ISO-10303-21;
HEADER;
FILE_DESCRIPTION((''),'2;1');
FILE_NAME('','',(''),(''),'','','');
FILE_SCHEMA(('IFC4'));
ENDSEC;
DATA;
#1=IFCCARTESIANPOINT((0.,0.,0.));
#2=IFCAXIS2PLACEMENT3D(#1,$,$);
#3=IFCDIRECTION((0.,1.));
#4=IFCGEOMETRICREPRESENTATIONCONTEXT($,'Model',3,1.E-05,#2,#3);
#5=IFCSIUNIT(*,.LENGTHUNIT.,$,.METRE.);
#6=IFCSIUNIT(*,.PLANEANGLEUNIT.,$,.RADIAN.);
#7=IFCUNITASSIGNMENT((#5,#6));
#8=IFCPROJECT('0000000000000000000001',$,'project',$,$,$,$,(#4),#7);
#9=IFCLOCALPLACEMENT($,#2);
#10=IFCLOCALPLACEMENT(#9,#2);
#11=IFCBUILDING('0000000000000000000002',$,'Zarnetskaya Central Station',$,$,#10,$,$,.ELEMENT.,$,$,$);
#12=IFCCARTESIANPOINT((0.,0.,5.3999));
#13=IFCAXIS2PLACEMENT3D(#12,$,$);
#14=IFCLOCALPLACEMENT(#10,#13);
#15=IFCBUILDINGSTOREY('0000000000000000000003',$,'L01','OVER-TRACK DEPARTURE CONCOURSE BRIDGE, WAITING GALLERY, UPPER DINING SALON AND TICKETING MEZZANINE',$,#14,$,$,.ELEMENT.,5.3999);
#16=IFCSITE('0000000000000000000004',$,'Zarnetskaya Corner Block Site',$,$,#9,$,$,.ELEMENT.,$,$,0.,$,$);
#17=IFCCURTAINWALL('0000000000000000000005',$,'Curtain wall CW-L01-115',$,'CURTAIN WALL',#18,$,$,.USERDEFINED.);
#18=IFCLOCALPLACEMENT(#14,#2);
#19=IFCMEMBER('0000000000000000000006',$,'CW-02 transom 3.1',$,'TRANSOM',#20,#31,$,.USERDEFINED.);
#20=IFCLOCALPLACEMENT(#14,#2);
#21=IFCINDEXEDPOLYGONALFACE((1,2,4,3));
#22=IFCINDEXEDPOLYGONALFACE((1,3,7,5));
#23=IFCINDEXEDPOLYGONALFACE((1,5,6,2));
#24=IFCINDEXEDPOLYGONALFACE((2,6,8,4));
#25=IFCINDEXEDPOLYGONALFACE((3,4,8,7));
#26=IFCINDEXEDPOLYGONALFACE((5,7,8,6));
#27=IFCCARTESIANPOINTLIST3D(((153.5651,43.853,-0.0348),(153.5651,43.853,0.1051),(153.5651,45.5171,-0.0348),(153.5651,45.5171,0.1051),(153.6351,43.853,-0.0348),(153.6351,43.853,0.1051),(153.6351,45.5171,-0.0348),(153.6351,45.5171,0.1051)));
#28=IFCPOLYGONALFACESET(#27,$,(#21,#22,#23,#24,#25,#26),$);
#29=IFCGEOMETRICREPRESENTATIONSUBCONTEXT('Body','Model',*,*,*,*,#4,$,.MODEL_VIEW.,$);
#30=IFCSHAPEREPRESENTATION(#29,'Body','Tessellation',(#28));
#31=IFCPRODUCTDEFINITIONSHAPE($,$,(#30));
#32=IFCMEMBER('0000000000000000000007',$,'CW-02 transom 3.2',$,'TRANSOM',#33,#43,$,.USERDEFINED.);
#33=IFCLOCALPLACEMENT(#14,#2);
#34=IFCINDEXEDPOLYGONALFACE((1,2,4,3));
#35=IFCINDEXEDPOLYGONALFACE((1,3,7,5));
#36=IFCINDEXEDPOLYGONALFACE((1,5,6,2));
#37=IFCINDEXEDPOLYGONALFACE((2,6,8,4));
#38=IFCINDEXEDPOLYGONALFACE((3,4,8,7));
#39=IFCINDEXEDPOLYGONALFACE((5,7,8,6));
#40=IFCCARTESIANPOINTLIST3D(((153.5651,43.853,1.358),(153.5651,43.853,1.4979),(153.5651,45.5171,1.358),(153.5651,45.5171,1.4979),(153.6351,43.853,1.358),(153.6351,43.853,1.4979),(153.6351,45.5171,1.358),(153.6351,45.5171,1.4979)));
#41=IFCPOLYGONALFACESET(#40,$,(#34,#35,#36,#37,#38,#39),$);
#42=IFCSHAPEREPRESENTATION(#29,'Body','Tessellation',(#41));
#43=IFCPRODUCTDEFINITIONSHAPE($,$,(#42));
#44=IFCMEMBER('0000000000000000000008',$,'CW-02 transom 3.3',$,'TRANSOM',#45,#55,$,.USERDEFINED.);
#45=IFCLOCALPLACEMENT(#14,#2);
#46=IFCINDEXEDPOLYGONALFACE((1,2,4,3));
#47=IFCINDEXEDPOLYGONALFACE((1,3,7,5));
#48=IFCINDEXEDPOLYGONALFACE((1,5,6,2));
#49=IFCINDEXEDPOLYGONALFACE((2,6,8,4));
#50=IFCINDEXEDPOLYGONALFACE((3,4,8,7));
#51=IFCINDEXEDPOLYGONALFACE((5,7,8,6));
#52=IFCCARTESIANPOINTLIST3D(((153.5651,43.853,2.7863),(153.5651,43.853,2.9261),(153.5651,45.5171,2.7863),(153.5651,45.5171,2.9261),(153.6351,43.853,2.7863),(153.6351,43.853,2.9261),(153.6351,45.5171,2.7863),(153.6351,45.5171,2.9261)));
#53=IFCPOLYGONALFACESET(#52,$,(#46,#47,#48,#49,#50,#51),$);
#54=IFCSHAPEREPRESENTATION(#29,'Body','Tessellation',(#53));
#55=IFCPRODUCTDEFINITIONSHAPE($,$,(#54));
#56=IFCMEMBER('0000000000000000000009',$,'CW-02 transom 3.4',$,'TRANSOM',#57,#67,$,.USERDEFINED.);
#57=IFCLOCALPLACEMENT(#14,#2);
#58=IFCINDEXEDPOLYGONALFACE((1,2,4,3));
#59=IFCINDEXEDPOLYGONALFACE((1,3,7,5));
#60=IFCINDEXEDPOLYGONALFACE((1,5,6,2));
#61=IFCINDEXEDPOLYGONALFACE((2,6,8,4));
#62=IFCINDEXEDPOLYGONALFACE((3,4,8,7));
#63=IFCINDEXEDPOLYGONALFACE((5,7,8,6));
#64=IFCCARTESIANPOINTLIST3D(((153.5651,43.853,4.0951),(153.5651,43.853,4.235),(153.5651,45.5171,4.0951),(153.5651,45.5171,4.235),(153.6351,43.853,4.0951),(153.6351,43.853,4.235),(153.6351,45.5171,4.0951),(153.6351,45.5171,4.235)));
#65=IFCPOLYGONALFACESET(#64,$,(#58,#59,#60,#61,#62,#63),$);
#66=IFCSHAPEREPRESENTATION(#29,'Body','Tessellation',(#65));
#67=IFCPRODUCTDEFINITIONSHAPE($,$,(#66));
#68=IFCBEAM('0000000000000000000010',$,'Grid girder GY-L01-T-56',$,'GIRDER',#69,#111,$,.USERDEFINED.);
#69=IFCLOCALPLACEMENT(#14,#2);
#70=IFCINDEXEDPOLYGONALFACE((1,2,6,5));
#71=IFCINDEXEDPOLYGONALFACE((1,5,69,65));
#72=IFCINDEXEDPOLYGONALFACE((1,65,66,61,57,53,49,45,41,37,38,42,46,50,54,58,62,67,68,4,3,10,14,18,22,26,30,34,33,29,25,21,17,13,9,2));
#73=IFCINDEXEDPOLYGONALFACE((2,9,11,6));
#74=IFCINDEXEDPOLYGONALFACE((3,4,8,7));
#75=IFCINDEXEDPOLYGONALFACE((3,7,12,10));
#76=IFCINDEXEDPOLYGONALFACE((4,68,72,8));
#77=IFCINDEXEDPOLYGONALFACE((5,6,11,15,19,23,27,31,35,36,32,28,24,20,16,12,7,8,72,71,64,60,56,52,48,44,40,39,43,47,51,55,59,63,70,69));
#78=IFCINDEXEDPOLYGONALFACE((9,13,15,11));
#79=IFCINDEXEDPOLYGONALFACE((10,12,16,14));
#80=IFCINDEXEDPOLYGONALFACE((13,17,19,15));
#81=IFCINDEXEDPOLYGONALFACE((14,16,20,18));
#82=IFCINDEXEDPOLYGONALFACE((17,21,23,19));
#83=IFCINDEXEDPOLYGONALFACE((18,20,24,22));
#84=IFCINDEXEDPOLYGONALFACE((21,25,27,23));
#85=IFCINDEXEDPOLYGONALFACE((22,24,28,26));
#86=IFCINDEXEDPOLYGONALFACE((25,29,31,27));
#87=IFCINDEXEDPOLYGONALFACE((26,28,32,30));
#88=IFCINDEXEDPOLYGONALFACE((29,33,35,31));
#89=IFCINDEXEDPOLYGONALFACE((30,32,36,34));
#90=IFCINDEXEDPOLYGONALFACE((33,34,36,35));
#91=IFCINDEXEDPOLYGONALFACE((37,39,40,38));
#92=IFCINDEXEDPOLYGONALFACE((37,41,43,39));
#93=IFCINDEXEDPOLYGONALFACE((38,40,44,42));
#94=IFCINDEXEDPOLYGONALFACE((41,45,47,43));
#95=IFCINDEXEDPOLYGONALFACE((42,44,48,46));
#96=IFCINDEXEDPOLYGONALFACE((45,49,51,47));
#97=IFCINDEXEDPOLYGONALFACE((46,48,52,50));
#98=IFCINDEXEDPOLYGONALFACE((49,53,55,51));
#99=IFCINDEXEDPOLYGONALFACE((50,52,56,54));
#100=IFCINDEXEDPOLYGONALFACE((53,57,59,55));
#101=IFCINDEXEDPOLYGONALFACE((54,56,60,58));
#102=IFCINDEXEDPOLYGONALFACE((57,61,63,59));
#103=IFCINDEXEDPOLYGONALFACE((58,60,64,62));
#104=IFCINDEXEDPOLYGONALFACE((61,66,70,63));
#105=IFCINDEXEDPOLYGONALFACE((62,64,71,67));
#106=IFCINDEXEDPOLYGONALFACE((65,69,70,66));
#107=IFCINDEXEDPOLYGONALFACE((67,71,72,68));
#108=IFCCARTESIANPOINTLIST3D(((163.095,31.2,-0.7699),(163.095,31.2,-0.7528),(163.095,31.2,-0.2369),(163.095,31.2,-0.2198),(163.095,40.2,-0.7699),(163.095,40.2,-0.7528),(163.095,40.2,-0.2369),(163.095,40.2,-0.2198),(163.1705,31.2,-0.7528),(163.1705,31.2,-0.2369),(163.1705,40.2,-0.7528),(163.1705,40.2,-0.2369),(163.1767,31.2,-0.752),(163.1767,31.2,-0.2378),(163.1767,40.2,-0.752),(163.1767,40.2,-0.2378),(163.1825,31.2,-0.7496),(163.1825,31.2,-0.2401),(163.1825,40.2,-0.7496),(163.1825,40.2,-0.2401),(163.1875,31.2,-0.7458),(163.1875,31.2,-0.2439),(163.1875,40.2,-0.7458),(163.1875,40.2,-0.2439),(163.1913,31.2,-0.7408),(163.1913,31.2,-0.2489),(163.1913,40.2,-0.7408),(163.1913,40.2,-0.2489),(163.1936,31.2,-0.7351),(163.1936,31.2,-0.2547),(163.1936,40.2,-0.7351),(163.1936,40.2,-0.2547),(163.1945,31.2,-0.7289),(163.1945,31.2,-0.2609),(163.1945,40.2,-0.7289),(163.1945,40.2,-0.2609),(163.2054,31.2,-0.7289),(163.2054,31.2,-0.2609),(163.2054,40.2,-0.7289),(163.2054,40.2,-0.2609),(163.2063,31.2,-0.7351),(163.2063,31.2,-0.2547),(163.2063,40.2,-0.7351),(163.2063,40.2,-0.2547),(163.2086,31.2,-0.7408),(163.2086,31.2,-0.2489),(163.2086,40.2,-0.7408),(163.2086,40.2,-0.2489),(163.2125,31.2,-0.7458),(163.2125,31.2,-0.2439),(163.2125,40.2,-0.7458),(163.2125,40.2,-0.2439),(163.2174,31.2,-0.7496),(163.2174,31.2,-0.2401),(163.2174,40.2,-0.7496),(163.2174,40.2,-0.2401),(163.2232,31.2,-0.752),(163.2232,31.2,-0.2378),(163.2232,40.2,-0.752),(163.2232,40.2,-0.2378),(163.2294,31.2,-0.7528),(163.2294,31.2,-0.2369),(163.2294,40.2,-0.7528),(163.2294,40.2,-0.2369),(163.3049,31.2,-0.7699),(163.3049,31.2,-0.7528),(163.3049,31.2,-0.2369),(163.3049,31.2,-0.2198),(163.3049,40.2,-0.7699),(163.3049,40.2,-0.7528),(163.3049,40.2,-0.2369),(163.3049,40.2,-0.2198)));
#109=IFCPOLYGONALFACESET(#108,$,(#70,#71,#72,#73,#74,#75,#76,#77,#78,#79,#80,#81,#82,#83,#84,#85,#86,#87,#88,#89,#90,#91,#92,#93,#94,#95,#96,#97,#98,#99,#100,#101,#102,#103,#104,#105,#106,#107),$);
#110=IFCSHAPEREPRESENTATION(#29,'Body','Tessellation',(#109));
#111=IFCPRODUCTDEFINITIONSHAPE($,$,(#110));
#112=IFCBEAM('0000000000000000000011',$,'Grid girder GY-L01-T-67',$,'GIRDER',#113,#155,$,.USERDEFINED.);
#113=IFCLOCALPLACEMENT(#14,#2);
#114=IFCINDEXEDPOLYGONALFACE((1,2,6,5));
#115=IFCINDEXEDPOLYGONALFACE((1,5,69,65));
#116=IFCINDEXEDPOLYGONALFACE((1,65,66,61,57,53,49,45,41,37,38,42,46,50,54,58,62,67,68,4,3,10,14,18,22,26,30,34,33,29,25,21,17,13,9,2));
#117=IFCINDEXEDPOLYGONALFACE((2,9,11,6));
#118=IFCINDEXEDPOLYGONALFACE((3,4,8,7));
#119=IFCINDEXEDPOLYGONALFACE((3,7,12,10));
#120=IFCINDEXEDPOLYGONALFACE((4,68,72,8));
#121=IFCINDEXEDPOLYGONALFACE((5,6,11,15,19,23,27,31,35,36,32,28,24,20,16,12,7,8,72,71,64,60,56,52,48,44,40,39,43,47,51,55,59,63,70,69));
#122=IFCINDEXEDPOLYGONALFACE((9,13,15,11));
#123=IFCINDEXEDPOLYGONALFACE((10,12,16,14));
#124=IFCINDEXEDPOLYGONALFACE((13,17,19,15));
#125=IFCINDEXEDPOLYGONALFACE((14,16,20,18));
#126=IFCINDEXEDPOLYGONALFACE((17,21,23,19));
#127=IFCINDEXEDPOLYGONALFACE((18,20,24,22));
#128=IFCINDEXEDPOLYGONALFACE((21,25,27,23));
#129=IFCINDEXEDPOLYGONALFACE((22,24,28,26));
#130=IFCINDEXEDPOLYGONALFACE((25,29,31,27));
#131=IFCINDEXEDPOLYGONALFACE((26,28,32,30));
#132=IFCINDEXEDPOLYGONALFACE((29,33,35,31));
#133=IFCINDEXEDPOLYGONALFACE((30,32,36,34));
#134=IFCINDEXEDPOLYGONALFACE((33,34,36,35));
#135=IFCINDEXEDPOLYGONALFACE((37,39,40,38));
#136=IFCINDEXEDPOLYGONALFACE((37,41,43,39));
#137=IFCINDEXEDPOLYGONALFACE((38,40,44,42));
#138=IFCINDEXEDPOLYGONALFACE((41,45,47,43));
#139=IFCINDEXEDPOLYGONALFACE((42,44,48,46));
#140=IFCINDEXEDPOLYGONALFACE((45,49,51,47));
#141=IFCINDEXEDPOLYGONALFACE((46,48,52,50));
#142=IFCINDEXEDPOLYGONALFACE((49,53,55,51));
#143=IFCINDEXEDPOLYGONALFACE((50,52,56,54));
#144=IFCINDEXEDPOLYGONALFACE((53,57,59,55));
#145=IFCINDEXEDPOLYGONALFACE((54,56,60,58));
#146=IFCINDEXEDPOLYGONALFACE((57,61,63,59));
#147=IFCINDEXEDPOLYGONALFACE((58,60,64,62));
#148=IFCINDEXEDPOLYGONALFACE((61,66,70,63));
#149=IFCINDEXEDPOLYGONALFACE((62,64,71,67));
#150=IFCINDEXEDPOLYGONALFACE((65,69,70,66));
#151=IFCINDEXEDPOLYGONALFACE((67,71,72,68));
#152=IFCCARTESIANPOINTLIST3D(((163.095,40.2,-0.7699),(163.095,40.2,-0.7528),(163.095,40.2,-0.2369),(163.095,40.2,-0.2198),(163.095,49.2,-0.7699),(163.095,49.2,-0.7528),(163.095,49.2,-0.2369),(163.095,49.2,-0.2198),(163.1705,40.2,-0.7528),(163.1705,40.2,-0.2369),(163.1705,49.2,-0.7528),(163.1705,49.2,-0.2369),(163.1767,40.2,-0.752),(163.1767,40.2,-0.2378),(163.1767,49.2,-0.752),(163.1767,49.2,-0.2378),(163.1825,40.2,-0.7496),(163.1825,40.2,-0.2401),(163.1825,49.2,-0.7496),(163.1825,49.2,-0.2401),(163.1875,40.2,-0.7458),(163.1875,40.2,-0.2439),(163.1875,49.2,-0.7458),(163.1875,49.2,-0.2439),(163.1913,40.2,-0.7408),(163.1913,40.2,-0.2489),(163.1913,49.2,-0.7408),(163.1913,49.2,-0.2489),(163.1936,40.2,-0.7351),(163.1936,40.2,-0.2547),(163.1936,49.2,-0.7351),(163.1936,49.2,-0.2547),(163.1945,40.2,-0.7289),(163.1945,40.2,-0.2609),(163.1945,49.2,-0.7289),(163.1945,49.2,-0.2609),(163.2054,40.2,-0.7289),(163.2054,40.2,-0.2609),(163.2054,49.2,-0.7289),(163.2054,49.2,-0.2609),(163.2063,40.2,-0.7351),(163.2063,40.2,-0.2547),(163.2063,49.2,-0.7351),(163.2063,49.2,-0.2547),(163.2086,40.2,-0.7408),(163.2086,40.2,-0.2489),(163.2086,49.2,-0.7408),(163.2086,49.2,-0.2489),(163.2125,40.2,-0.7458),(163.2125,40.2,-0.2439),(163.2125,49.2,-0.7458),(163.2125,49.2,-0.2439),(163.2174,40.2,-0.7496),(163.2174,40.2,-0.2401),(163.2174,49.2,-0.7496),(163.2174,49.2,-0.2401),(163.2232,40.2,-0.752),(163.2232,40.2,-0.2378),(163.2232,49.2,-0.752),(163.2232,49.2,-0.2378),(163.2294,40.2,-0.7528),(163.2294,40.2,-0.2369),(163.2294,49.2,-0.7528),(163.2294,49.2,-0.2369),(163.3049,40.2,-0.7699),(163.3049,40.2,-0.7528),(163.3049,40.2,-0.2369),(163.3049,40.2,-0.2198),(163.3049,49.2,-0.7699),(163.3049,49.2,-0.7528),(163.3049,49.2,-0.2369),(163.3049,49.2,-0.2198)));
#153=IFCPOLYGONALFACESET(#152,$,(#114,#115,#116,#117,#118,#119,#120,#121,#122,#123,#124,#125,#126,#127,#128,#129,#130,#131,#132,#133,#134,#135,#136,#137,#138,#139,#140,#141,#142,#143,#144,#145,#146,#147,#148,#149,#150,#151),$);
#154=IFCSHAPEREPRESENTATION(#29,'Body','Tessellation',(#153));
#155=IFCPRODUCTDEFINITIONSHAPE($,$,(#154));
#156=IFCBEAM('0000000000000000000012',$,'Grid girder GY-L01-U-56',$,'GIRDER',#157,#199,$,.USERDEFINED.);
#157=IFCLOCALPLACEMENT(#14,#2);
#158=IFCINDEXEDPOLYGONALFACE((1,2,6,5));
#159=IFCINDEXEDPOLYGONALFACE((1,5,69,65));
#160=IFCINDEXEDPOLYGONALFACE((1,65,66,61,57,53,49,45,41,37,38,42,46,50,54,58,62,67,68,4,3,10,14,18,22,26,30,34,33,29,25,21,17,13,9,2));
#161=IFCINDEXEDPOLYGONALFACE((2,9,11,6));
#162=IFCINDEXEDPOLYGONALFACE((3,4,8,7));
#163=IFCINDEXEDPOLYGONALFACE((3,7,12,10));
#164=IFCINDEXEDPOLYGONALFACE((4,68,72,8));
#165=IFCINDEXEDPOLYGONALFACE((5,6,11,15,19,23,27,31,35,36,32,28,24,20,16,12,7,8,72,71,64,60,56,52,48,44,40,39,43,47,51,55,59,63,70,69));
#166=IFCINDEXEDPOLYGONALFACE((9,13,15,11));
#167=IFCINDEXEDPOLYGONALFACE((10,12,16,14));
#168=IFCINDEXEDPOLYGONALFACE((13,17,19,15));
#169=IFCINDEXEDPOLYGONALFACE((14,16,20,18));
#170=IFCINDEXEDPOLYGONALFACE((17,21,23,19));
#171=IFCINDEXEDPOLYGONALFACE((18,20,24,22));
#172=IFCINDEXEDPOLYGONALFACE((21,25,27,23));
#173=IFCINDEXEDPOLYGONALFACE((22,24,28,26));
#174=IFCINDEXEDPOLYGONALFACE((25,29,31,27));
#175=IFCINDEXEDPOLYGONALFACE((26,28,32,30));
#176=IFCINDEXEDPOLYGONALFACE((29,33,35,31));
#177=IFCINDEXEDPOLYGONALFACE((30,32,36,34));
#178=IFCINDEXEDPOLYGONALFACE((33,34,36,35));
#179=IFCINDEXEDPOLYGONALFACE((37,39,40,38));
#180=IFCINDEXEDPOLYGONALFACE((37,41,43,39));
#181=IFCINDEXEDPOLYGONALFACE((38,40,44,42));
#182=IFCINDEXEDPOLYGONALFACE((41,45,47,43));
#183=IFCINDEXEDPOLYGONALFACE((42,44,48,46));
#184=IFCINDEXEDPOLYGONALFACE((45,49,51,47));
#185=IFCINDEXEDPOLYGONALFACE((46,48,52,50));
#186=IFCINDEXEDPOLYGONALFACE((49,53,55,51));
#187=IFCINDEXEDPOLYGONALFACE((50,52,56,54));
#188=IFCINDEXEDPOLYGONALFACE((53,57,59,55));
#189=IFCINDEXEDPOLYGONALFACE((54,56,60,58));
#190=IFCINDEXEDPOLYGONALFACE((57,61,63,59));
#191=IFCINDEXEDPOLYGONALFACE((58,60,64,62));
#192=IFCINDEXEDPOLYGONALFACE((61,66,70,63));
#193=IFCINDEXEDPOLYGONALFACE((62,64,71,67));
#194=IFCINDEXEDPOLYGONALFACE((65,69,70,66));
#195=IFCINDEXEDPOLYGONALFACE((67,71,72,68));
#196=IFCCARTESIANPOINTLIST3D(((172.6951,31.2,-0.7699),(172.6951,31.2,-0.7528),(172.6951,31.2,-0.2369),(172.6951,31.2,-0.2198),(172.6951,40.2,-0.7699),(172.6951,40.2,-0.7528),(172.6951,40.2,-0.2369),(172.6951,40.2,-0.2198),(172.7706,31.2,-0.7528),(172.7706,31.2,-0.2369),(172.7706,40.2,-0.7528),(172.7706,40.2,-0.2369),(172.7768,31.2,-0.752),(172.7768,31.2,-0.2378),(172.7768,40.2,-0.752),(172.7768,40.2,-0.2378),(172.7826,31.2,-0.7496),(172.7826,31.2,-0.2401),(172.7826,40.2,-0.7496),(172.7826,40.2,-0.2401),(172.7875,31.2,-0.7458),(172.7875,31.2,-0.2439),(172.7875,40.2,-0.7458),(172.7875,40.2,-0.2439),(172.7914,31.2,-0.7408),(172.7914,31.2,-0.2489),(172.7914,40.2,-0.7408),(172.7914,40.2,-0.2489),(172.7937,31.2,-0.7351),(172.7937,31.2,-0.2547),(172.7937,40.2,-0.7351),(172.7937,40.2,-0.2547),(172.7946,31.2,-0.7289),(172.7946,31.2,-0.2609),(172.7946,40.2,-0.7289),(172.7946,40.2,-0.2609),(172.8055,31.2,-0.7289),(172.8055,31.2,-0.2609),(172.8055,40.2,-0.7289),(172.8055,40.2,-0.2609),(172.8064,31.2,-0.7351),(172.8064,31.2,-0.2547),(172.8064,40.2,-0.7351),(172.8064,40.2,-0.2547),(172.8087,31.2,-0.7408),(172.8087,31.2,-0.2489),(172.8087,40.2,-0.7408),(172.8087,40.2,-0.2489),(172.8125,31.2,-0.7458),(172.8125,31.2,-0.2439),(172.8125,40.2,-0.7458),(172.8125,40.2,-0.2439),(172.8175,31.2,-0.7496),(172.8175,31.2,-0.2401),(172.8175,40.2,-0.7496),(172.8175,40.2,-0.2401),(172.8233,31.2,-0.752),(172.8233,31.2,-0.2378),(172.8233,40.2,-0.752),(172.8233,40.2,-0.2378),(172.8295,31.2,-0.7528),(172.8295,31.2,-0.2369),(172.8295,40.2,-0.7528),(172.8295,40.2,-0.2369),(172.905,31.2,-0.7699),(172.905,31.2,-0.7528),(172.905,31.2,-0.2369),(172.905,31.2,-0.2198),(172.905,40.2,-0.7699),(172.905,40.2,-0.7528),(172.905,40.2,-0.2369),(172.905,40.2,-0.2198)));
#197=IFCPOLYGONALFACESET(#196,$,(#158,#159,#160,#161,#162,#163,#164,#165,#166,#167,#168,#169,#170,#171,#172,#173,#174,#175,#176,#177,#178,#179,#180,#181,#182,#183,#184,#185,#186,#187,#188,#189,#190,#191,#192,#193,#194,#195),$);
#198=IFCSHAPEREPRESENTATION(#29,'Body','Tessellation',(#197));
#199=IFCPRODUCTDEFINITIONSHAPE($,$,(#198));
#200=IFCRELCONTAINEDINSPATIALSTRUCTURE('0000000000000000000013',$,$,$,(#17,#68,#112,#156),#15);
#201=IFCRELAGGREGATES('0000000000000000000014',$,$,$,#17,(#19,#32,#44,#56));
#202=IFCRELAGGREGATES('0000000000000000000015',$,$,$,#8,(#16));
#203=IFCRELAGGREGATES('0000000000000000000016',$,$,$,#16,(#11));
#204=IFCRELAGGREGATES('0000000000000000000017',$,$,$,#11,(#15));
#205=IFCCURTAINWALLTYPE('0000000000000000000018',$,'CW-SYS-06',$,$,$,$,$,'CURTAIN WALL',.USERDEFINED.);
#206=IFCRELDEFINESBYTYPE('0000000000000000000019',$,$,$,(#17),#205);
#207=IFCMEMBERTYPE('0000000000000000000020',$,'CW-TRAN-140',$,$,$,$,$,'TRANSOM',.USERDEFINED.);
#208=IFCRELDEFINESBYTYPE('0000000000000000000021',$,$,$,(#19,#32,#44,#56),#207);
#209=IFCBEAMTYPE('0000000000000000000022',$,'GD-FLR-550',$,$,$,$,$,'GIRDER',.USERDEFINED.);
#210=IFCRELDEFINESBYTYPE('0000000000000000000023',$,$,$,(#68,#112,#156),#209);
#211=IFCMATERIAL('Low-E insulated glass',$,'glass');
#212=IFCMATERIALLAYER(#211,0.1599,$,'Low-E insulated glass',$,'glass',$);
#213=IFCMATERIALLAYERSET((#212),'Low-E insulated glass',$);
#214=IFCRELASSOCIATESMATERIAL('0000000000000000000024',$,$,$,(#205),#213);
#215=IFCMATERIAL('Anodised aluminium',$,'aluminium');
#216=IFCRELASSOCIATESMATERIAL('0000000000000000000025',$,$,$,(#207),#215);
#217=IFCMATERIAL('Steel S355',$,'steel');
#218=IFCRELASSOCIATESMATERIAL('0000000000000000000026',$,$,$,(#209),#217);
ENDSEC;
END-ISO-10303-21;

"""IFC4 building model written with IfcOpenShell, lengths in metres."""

from ifc_helpers import new_model, si_unit, direction, frame, origin, origin_2d, place, context, subcontext, project, spatial, rectangle, i_section, extrude, material, layer, layer_set, material_profile, profile_set, type_object, element, aggregate, save


model = new_model("IFC4")

# Units and contexts
model_context = context("Model", 3, precision=1e-05, world=origin(), true_north=direction((0.0, 1.0)))
body_context = subcontext(model_context, "Body", "Model", "MODEL_VIEW")
ifc_project = project(units=[si_unit("LENGTHUNIT", "METRE"), si_unit("PLANEANGLEUNIT", "RADIAN")], contexts=[model_context])

# Site, building, storey
site_placement = place(None, origin())
site = spatial("IfcSite", under=ifc_project, at=site_placement, Name="Zarnetskaya Corner Block Site", CompositionType="ELEMENT", RefElevation=0.0)
building_placement = place(site_placement, origin())
building = spatial("IfcBuilding", under=site, at=building_placement, Name="Zarnetskaya Central Station", CompositionType="ELEMENT")
storey_placement = place(building_placement, frame((0.0, 0.0, 5.3999)))
storey = spatial("IfcBuildingStorey", under=building, at=storey_placement, Name="L01", Description="OVER-TRACK DEPARTURE CONCOURSE BRIDGE, WAITING GALLERY, UPPER DINING SALON AND TICKETING MEZZANINE", CompositionType="ELEMENT", Elevation=5.3999)

# Shared definitions
ifc_material_1 = material(Name="Steel S355", Category="steel")

# Curtain wall, members
ifc_material_2 = material(Name="Low-E insulated glass", Category="glass")
ifc_layer_1 = layer(ifc_material_2, 0.1599, Name="Low-E insulated glass", Category="glass")
ifc_layer_set_1 = layer_set([ifc_layer_1], Name="Low-E insulated glass")
curtain_wall_type = type_object("IfcCurtainWallType", Name="CW-SYS-06", ElementType="CURTAIN WALL", PredefinedType="USERDEFINED", material=ifc_layer_set_1)
curtain_wall_placement = place(storey_placement, origin())
curtain_wall = element("IfcCurtainWall", 1, at=curtain_wall_placement, inside=storey, type_object=curtain_wall_type, Name="Curtain wall CW-L01-115", ObjectType="CURTAIN WALL", PredefinedType="USERDEFINED")
ifc_material_3 = material(Name="Anodised aluminium", Category="aluminium")
ifc_material_profile_1 = material_profile(ifc_material_3, rectangle(XDim=0.0701, YDim=0.1399, at=origin_2d()), Name="ALU TRAN 70x140")
ifc_profile_set_1 = profile_set([ifc_material_profile_1], Name="Anodised aluminium")
member_type_1 = type_object("IfcMemberType", Name="CW-TRAN-140", ElementType="TRANSOM", PredefinedType="USERDEFINED", material=ifc_profile_set_1)
member_1_placement = place(storey_placement, frame((153.6001, 45.5171, 0.0352), z_axis=(0.0, -1.0, 0.0), x_axis=(1.0, 0.0, 0.0)))
member_1 = element("IfcMember", 2, at=member_1_placement, type_object=member_type_1, Name="CW-02 transom 3.1", ObjectType="TRANSOM", PredefinedType="USERDEFINED", context=body_context, shape_type="SweptSolid", body=[
    extrude(rectangle(XDim=0.0701, YDim=0.1399, at=origin_2d()), origin(), (0.0, 0.0, 1.0), 1.6641),
])
member_2_placement = place(storey_placement, frame((153.6001, 45.5171, 1.428), z_axis=(0.0, -1.0, 0.0), x_axis=(1.0, 0.0, 0.0)))
member_2 = element("IfcMember", 3, at=member_2_placement, type_object=member_type_1, Name="CW-02 transom 3.2", ObjectType="TRANSOM", PredefinedType="USERDEFINED", context=body_context, shape_type="SweptSolid", body=[
    extrude(rectangle(XDim=0.0701, YDim=0.1399, at=origin_2d()), origin(), (0.0, 0.0, 1.0), 1.6641),
])
member_3_placement = place(storey_placement, frame((153.6001, 45.5171, 2.8562), z_axis=(0.0, -1.0, 0.0), x_axis=(1.0, 0.0, 0.0)))
member_3 = element("IfcMember", 4, at=member_3_placement, type_object=member_type_1, Name="CW-02 transom 3.3", ObjectType="TRANSOM", PredefinedType="USERDEFINED", context=body_context, shape_type="SweptSolid", body=[
    extrude(rectangle(XDim=0.0701, YDim=0.1399, at=origin_2d()), origin(), (0.0, 0.0, 1.0), 1.6641),
])
member_4_placement = place(storey_placement, frame((153.6001, 45.5171, 4.165), z_axis=(0.0, -1.0, 0.0), x_axis=(1.0, 0.0, 0.0)))
member_4 = element("IfcMember", 5, at=member_4_placement, type_object=member_type_1, Name="CW-02 transom 3.4", ObjectType="TRANSOM", PredefinedType="USERDEFINED", context=body_context, shape_type="SweptSolid", body=[
    extrude(rectangle(XDim=0.0701, YDim=0.1399, at=origin_2d()), origin(), (0.0, 0.0, 1.0), 1.6641),
])

# Beams
ifc_material_profile_2 = material_profile(ifc_material_1, i_section(OverallWidth=0.21, OverallDepth=0.55, WebThickness=0.011, FlangeThickness=0.0171, FilletRadius=0.0239, at=origin_2d()), Name="IPE 550")
ifc_profile_set_2 = profile_set([ifc_material_profile_2], Name="Steel S355")
beam_type_1 = type_object("IfcBeamType", Name="GD-FLR-550", ElementType="GIRDER", PredefinedType="USERDEFINED", material=ifc_profile_set_2)
for number, where, z_axis, x_axis, name in (
    (6, (163.2, 31.2, -0.4949), (0.0, 1.0, 0.0), (-1.0, 0.0, 0.0), "Grid girder GY-L01-T-56"),
    (7, (163.2, 40.2, -0.4949), (0.0, 1.0, 0.0), (-1.0, 0.0, 0.0), "Grid girder GY-L01-T-67"),
    (8, (172.8, 31.2, -0.4949), (0.0, 1.0, 0.0), (-1.0, 0.0, 0.0), "Grid girder GY-L01-U-56"),
):
    element("IfcBeam", number, at=place(storey_placement, frame(where, z_axis=z_axis, x_axis=x_axis)), inside=storey, type_object=beam_type_1, Name=name, ObjectType="GIRDER", PredefinedType="USERDEFINED", context=body_context, shape_type="SweptSolid", body=[
        extrude(i_section(OverallWidth=0.21, OverallDepth=0.55, WebThickness=0.011, FlangeThickness=0.0171, FilletRadius=0.0239, at=origin_2d()), origin(), (0.0, 0.0, 1.0), 9.0),
    ])

aggregate(curtain_wall, [member_1, member_2, member_3, member_4])

save(model, "model.ifc")
